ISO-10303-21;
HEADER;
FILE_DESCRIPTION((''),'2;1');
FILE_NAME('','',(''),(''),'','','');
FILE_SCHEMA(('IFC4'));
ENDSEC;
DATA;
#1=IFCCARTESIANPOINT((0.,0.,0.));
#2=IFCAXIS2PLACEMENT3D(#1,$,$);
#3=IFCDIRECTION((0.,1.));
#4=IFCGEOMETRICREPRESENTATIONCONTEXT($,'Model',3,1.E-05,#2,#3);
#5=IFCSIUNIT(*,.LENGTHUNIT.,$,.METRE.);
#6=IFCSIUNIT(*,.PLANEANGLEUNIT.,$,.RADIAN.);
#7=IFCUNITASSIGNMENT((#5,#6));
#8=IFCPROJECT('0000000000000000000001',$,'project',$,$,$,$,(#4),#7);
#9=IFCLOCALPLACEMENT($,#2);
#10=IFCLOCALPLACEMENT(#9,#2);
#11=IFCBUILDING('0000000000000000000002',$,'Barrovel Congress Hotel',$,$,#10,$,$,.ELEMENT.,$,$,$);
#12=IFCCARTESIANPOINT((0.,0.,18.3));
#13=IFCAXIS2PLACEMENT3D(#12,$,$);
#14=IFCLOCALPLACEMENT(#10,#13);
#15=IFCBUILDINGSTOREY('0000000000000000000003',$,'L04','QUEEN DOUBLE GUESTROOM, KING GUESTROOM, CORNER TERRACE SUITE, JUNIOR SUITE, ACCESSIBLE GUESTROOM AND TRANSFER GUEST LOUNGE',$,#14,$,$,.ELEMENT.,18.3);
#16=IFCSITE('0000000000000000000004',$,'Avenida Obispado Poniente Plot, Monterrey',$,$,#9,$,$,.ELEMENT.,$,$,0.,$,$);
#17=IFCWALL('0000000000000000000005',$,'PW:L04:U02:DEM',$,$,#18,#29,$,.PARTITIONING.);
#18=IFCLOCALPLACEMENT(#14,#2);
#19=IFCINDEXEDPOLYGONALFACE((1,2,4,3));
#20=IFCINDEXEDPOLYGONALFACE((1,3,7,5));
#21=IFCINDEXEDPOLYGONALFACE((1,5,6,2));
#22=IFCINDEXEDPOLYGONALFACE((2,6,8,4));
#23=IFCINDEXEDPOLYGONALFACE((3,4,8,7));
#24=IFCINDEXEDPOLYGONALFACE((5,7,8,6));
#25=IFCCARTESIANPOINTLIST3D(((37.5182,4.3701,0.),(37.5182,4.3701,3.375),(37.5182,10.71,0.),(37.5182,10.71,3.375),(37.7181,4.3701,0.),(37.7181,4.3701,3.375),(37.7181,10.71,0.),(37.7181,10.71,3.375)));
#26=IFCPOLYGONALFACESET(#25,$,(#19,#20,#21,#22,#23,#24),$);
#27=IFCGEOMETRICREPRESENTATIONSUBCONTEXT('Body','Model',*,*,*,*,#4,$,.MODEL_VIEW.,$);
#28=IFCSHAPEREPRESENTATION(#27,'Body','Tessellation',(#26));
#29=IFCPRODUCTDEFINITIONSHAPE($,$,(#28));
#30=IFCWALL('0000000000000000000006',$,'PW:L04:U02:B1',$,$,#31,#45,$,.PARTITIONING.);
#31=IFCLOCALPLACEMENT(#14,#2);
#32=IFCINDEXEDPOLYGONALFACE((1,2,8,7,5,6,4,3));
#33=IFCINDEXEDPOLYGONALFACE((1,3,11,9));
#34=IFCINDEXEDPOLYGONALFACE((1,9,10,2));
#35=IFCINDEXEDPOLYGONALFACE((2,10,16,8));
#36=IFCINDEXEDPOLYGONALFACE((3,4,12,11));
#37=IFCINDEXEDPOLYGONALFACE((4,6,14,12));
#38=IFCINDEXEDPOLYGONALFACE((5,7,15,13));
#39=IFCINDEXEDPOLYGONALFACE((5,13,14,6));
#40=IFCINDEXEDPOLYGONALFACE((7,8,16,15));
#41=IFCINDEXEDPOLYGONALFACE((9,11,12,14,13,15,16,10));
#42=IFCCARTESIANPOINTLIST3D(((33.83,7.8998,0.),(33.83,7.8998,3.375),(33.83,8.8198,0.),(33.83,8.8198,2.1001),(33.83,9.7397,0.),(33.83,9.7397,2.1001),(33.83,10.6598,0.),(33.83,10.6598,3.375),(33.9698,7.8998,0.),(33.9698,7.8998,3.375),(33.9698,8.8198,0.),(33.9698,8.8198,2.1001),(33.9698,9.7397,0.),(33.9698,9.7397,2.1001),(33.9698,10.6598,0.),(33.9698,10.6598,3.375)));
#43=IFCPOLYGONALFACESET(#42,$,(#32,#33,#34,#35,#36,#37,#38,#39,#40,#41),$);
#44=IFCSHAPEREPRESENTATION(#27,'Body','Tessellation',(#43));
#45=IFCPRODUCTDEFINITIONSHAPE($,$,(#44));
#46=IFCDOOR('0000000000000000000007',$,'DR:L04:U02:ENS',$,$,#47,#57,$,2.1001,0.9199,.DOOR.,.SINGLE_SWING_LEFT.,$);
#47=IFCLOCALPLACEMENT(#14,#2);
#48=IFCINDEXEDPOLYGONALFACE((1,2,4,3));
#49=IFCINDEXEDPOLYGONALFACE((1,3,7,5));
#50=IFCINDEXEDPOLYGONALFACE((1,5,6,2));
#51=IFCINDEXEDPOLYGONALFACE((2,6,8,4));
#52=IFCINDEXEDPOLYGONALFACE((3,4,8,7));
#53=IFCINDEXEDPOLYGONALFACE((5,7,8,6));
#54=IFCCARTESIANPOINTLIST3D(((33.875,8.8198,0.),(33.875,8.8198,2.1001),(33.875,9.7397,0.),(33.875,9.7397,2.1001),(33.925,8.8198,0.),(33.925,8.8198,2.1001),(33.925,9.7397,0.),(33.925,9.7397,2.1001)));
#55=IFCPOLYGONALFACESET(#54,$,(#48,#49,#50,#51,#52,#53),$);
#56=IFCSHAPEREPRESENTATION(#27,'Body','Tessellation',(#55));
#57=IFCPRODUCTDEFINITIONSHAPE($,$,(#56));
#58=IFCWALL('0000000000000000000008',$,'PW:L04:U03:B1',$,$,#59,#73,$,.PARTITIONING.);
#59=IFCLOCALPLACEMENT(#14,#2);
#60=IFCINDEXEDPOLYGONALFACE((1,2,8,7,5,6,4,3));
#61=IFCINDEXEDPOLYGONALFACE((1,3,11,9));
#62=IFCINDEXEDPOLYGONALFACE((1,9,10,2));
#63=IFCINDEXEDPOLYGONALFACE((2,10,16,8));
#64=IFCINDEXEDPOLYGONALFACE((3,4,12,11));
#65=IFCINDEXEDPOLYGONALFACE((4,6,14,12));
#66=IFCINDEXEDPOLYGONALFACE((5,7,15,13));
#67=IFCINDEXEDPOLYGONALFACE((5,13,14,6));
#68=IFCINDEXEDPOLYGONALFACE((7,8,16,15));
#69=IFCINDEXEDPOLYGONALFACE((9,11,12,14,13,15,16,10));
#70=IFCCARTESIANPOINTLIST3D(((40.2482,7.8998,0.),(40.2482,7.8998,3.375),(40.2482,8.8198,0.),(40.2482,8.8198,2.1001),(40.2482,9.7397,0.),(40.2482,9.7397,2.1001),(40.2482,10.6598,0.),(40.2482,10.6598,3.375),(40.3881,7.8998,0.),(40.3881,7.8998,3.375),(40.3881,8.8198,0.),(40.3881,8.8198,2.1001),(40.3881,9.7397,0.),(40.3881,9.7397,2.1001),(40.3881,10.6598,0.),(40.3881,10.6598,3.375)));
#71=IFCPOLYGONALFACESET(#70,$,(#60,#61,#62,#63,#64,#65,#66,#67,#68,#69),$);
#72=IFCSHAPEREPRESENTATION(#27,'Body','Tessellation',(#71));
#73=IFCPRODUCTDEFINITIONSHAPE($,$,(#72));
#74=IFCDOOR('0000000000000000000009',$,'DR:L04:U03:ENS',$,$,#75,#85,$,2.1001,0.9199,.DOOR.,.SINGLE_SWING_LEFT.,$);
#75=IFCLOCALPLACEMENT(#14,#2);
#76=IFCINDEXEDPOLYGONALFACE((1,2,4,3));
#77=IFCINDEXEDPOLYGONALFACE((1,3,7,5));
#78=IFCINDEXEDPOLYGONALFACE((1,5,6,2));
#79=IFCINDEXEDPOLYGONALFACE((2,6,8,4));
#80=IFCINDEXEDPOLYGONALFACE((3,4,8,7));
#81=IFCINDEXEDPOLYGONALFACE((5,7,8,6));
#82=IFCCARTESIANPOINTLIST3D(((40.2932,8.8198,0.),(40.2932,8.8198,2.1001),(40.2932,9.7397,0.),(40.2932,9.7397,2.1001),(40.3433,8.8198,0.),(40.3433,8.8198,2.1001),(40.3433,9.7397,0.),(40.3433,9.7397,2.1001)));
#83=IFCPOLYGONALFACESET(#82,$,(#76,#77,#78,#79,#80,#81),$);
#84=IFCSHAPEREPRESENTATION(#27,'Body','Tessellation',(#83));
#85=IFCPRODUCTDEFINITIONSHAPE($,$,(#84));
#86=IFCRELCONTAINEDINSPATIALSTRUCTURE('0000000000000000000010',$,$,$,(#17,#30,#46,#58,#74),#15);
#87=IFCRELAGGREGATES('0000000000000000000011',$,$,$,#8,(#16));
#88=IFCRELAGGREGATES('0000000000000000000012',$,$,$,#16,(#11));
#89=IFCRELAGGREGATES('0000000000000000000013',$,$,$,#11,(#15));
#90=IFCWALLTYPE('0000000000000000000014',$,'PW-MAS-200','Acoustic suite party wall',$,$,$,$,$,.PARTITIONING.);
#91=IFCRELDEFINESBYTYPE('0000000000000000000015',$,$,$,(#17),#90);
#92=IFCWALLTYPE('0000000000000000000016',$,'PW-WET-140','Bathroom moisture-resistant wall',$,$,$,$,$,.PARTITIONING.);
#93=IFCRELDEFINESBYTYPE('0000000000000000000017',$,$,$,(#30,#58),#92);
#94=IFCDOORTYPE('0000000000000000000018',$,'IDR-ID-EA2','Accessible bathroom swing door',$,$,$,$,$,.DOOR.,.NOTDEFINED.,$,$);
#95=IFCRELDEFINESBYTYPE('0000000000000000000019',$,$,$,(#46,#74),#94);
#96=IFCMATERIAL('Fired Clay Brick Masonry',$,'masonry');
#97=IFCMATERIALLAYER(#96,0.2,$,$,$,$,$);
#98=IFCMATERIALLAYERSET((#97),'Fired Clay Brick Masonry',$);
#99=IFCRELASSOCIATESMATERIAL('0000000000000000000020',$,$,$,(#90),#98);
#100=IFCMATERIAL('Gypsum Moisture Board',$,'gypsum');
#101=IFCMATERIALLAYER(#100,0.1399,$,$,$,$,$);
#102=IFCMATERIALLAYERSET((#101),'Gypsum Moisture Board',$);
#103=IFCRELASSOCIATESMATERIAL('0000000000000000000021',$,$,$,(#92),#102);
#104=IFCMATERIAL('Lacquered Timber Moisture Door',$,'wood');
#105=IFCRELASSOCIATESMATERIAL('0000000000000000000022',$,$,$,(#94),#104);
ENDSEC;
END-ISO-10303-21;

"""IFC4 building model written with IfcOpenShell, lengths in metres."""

from ifc_helpers import new_model, si_unit, direction, frame, frame_2d, origin, place, context, subcontext, project, spatial, rectangle, extrude, material, layer, layer_set, type_object, element, fill, save


model = new_model("IFC4")

# Units and contexts
model_context = context("Model", 3, precision=1e-05, world=origin(), true_north=direction((0.0, 1.0)))
body_context = subcontext(model_context, "Body", "Model", "MODEL_VIEW")
ifc_project = project(units=[si_unit("LENGTHUNIT", "METRE"), si_unit("PLANEANGLEUNIT", "RADIAN")], contexts=[model_context])

# Site, building, storey
site_placement = place(None, origin())
site = spatial("IfcSite", under=ifc_project, at=site_placement, Name="Avenida Obispado Poniente Plot, Monterrey", CompositionType="ELEMENT", RefElevation=0.0)
building_placement = place(site_placement, origin())
building = spatial("IfcBuilding", under=site, at=building_placement, Name="Barrovel Congress Hotel", CompositionType="ELEMENT")
storey_placement = place(building_placement, frame((0.0, 0.0, 18.3)))
storey = spatial("IfcBuildingStorey", under=building, at=storey_placement, Name="L04", Description="QUEEN DOUBLE GUESTROOM, KING GUESTROOM, CORNER TERRACE SUITE, JUNIOR SUITE, ACCESSIBLE GUESTROOM AND TRANSFER GUEST LOUNGE", CompositionType="ELEMENT", Elevation=18.3)

# Shared definitions
ifc_material_1 = material(Name="Fired Clay Brick Masonry", Category="masonry")

# Wall
ifc_layer_1 = layer(ifc_material_1, 0.2)
ifc_layer_set_1 = layer_set([ifc_layer_1], Name="Fired Clay Brick Masonry")
wall_type_1 = type_object("IfcWallType", Name="PW-MAS-200", Description="Acoustic suite party wall", PredefinedType="PARTITIONING", material=ifc_layer_set_1)
wall_1_placement = place(storey_placement, frame((37.6182, 4.3701, 0.0), z_axis=(0.0, 0.0, 1.0), x_axis=(0.0, 1.0, 0.0)))
element("IfcWall", 1, at=wall_1_placement, inside=storey, type_object=wall_type_1, Name="PW:L04:U02:DEM", PredefinedType="PARTITIONING", context=body_context, shape_type="SweptSolid", body=[
    extrude(rectangle(XDim=6.3398, YDim=0.2, at=frame_2d((3.1699, 0.0))), origin(), (0.0, 0.0, 1.0), 3.375),
])

# Walls, openings, doors
ifc_material_2 = material(Name="Gypsum Moisture Board", Category="gypsum")
ifc_layer_2 = layer(ifc_material_2, 0.1399)
ifc_layer_set_2 = layer_set([ifc_layer_2], Name="Gypsum Moisture Board")
wall_type_2 = type_object("IfcWallType", Name="PW-WET-140", Description="Bathroom moisture-resistant wall", PredefinedType="PARTITIONING", material=ifc_layer_set_2)
wall_2_placement = place(storey_placement, frame((33.8999, 7.8999, 0.0), z_axis=(0.0, 0.0, 1.0), x_axis=(0.0, 1.0, 0.0)))
wall_2 = element("IfcWall", 2, at=wall_2_placement, inside=storey, type_object=wall_type_2, Name="PW:L04:U02:B1", PredefinedType="PARTITIONING", context=body_context, shape_type="SweptSolid", body=[
    extrude(rectangle(XDim=2.76, YDim=0.1399, at=frame_2d((1.3799, 0.0))), origin(), (0.0, 0.0, 1.0), 3.375),
])
opening_1_placement = place(wall_2_placement, frame((0.9199, 0.0, 0.0)))
opening_1 = element("IfcOpeningElement", 3, at=opening_1_placement, cuts=wall_2, PredefinedType="OPENING", context=body_context, shape_type="SweptSolid", body=[
    extrude(rectangle(XDim=0.9199, YDim=2.1001, at=frame_2d((0.46, 1.05))), frame((0.0, 0.0801, 0.0), z_axis=(0.0, -1.0, 0.0), x_axis=(1.0, 0.0, 0.0)), (0.0, 0.0, 1.0), 0.1599),
])
ifc_material_3 = material(Name="Lacquered Timber Moisture Door", Category="wood")
door_type_1 = type_object("IfcDoorType", Name="IDR-ID-EA2", Description="Accessible bathroom swing door", OperationType="NOTDEFINED", PredefinedType="DOOR", material=ifc_material_3)
door_1_placement = place(opening_1_placement, origin())
door_1 = element("IfcDoor", 4, at=door_1_placement, inside=storey, type_object=door_type_1, Name="DR:L04:U02:ENS", OperationType="SINGLE_SWING_LEFT", OverallHeight=2.1001, OverallWidth=0.9199, PredefinedType="DOOR", context=body_context, shape_type="SweptSolid", body=[
    extrude(rectangle(XDim=0.9199, YDim=2.1001, at=frame_2d((0.46, 1.05))), frame((0.0, 0.0249, 0.0), z_axis=(0.0, -1.0, 0.0), x_axis=(1.0, 0.0, 0.0)), (0.0, 0.0, 1.0), 0.05),
])
fill(opening_1, door_1)
wall_3_placement = place(storey_placement, frame((40.3181, 7.8999, 0.0), z_axis=(0.0, 0.0, 1.0), x_axis=(0.0, 1.0, 0.0)))
wall_3 = element("IfcWall", 5, at=wall_3_placement, inside=storey, type_object=wall_type_2, Name="PW:L04:U03:B1", PredefinedType="PARTITIONING", context=body_context, shape_type="SweptSolid", body=[
    extrude(rectangle(XDim=2.76, YDim=0.1399, at=frame_2d((1.3799, 0.0))), origin(), (0.0, 0.0, 1.0), 3.375),
])
opening_2_placement = place(wall_3_placement, frame((0.9199, 0.0, 0.0)))
opening_2 = element("IfcOpeningElement", 6, at=opening_2_placement, cuts=wall_3, PredefinedType="OPENING", context=body_context, shape_type="SweptSolid", body=[
    extrude(rectangle(XDim=0.9199, YDim=2.1001, at=frame_2d((0.46, 1.05))), frame((0.0, 0.0801, 0.0), z_axis=(0.0, -1.0, 0.0), x_axis=(1.0, 0.0, 0.0)), (0.0, 0.0, 1.0), 0.1599),
])
door_2_placement = place(opening_2_placement, origin())
door_2 = element("IfcDoor", 7, at=door_2_placement, inside=storey, type_object=door_type_1, Name="DR:L04:U03:ENS", OperationType="SINGLE_SWING_LEFT", OverallHeight=2.1001, OverallWidth=0.9199, PredefinedType="DOOR", context=body_context, shape_type="SweptSolid", body=[
    extrude(rectangle(XDim=0.9199, YDim=2.1001, at=frame_2d((0.46, 1.05))), frame((0.0, 0.0249, 0.0), z_axis=(0.0, -1.0, 0.0), x_axis=(1.0, 0.0, 0.0)), (0.0, 0.0, 1.0), 0.05),
])
fill(opening_2, door_2)

save(model, "model.ifc")
